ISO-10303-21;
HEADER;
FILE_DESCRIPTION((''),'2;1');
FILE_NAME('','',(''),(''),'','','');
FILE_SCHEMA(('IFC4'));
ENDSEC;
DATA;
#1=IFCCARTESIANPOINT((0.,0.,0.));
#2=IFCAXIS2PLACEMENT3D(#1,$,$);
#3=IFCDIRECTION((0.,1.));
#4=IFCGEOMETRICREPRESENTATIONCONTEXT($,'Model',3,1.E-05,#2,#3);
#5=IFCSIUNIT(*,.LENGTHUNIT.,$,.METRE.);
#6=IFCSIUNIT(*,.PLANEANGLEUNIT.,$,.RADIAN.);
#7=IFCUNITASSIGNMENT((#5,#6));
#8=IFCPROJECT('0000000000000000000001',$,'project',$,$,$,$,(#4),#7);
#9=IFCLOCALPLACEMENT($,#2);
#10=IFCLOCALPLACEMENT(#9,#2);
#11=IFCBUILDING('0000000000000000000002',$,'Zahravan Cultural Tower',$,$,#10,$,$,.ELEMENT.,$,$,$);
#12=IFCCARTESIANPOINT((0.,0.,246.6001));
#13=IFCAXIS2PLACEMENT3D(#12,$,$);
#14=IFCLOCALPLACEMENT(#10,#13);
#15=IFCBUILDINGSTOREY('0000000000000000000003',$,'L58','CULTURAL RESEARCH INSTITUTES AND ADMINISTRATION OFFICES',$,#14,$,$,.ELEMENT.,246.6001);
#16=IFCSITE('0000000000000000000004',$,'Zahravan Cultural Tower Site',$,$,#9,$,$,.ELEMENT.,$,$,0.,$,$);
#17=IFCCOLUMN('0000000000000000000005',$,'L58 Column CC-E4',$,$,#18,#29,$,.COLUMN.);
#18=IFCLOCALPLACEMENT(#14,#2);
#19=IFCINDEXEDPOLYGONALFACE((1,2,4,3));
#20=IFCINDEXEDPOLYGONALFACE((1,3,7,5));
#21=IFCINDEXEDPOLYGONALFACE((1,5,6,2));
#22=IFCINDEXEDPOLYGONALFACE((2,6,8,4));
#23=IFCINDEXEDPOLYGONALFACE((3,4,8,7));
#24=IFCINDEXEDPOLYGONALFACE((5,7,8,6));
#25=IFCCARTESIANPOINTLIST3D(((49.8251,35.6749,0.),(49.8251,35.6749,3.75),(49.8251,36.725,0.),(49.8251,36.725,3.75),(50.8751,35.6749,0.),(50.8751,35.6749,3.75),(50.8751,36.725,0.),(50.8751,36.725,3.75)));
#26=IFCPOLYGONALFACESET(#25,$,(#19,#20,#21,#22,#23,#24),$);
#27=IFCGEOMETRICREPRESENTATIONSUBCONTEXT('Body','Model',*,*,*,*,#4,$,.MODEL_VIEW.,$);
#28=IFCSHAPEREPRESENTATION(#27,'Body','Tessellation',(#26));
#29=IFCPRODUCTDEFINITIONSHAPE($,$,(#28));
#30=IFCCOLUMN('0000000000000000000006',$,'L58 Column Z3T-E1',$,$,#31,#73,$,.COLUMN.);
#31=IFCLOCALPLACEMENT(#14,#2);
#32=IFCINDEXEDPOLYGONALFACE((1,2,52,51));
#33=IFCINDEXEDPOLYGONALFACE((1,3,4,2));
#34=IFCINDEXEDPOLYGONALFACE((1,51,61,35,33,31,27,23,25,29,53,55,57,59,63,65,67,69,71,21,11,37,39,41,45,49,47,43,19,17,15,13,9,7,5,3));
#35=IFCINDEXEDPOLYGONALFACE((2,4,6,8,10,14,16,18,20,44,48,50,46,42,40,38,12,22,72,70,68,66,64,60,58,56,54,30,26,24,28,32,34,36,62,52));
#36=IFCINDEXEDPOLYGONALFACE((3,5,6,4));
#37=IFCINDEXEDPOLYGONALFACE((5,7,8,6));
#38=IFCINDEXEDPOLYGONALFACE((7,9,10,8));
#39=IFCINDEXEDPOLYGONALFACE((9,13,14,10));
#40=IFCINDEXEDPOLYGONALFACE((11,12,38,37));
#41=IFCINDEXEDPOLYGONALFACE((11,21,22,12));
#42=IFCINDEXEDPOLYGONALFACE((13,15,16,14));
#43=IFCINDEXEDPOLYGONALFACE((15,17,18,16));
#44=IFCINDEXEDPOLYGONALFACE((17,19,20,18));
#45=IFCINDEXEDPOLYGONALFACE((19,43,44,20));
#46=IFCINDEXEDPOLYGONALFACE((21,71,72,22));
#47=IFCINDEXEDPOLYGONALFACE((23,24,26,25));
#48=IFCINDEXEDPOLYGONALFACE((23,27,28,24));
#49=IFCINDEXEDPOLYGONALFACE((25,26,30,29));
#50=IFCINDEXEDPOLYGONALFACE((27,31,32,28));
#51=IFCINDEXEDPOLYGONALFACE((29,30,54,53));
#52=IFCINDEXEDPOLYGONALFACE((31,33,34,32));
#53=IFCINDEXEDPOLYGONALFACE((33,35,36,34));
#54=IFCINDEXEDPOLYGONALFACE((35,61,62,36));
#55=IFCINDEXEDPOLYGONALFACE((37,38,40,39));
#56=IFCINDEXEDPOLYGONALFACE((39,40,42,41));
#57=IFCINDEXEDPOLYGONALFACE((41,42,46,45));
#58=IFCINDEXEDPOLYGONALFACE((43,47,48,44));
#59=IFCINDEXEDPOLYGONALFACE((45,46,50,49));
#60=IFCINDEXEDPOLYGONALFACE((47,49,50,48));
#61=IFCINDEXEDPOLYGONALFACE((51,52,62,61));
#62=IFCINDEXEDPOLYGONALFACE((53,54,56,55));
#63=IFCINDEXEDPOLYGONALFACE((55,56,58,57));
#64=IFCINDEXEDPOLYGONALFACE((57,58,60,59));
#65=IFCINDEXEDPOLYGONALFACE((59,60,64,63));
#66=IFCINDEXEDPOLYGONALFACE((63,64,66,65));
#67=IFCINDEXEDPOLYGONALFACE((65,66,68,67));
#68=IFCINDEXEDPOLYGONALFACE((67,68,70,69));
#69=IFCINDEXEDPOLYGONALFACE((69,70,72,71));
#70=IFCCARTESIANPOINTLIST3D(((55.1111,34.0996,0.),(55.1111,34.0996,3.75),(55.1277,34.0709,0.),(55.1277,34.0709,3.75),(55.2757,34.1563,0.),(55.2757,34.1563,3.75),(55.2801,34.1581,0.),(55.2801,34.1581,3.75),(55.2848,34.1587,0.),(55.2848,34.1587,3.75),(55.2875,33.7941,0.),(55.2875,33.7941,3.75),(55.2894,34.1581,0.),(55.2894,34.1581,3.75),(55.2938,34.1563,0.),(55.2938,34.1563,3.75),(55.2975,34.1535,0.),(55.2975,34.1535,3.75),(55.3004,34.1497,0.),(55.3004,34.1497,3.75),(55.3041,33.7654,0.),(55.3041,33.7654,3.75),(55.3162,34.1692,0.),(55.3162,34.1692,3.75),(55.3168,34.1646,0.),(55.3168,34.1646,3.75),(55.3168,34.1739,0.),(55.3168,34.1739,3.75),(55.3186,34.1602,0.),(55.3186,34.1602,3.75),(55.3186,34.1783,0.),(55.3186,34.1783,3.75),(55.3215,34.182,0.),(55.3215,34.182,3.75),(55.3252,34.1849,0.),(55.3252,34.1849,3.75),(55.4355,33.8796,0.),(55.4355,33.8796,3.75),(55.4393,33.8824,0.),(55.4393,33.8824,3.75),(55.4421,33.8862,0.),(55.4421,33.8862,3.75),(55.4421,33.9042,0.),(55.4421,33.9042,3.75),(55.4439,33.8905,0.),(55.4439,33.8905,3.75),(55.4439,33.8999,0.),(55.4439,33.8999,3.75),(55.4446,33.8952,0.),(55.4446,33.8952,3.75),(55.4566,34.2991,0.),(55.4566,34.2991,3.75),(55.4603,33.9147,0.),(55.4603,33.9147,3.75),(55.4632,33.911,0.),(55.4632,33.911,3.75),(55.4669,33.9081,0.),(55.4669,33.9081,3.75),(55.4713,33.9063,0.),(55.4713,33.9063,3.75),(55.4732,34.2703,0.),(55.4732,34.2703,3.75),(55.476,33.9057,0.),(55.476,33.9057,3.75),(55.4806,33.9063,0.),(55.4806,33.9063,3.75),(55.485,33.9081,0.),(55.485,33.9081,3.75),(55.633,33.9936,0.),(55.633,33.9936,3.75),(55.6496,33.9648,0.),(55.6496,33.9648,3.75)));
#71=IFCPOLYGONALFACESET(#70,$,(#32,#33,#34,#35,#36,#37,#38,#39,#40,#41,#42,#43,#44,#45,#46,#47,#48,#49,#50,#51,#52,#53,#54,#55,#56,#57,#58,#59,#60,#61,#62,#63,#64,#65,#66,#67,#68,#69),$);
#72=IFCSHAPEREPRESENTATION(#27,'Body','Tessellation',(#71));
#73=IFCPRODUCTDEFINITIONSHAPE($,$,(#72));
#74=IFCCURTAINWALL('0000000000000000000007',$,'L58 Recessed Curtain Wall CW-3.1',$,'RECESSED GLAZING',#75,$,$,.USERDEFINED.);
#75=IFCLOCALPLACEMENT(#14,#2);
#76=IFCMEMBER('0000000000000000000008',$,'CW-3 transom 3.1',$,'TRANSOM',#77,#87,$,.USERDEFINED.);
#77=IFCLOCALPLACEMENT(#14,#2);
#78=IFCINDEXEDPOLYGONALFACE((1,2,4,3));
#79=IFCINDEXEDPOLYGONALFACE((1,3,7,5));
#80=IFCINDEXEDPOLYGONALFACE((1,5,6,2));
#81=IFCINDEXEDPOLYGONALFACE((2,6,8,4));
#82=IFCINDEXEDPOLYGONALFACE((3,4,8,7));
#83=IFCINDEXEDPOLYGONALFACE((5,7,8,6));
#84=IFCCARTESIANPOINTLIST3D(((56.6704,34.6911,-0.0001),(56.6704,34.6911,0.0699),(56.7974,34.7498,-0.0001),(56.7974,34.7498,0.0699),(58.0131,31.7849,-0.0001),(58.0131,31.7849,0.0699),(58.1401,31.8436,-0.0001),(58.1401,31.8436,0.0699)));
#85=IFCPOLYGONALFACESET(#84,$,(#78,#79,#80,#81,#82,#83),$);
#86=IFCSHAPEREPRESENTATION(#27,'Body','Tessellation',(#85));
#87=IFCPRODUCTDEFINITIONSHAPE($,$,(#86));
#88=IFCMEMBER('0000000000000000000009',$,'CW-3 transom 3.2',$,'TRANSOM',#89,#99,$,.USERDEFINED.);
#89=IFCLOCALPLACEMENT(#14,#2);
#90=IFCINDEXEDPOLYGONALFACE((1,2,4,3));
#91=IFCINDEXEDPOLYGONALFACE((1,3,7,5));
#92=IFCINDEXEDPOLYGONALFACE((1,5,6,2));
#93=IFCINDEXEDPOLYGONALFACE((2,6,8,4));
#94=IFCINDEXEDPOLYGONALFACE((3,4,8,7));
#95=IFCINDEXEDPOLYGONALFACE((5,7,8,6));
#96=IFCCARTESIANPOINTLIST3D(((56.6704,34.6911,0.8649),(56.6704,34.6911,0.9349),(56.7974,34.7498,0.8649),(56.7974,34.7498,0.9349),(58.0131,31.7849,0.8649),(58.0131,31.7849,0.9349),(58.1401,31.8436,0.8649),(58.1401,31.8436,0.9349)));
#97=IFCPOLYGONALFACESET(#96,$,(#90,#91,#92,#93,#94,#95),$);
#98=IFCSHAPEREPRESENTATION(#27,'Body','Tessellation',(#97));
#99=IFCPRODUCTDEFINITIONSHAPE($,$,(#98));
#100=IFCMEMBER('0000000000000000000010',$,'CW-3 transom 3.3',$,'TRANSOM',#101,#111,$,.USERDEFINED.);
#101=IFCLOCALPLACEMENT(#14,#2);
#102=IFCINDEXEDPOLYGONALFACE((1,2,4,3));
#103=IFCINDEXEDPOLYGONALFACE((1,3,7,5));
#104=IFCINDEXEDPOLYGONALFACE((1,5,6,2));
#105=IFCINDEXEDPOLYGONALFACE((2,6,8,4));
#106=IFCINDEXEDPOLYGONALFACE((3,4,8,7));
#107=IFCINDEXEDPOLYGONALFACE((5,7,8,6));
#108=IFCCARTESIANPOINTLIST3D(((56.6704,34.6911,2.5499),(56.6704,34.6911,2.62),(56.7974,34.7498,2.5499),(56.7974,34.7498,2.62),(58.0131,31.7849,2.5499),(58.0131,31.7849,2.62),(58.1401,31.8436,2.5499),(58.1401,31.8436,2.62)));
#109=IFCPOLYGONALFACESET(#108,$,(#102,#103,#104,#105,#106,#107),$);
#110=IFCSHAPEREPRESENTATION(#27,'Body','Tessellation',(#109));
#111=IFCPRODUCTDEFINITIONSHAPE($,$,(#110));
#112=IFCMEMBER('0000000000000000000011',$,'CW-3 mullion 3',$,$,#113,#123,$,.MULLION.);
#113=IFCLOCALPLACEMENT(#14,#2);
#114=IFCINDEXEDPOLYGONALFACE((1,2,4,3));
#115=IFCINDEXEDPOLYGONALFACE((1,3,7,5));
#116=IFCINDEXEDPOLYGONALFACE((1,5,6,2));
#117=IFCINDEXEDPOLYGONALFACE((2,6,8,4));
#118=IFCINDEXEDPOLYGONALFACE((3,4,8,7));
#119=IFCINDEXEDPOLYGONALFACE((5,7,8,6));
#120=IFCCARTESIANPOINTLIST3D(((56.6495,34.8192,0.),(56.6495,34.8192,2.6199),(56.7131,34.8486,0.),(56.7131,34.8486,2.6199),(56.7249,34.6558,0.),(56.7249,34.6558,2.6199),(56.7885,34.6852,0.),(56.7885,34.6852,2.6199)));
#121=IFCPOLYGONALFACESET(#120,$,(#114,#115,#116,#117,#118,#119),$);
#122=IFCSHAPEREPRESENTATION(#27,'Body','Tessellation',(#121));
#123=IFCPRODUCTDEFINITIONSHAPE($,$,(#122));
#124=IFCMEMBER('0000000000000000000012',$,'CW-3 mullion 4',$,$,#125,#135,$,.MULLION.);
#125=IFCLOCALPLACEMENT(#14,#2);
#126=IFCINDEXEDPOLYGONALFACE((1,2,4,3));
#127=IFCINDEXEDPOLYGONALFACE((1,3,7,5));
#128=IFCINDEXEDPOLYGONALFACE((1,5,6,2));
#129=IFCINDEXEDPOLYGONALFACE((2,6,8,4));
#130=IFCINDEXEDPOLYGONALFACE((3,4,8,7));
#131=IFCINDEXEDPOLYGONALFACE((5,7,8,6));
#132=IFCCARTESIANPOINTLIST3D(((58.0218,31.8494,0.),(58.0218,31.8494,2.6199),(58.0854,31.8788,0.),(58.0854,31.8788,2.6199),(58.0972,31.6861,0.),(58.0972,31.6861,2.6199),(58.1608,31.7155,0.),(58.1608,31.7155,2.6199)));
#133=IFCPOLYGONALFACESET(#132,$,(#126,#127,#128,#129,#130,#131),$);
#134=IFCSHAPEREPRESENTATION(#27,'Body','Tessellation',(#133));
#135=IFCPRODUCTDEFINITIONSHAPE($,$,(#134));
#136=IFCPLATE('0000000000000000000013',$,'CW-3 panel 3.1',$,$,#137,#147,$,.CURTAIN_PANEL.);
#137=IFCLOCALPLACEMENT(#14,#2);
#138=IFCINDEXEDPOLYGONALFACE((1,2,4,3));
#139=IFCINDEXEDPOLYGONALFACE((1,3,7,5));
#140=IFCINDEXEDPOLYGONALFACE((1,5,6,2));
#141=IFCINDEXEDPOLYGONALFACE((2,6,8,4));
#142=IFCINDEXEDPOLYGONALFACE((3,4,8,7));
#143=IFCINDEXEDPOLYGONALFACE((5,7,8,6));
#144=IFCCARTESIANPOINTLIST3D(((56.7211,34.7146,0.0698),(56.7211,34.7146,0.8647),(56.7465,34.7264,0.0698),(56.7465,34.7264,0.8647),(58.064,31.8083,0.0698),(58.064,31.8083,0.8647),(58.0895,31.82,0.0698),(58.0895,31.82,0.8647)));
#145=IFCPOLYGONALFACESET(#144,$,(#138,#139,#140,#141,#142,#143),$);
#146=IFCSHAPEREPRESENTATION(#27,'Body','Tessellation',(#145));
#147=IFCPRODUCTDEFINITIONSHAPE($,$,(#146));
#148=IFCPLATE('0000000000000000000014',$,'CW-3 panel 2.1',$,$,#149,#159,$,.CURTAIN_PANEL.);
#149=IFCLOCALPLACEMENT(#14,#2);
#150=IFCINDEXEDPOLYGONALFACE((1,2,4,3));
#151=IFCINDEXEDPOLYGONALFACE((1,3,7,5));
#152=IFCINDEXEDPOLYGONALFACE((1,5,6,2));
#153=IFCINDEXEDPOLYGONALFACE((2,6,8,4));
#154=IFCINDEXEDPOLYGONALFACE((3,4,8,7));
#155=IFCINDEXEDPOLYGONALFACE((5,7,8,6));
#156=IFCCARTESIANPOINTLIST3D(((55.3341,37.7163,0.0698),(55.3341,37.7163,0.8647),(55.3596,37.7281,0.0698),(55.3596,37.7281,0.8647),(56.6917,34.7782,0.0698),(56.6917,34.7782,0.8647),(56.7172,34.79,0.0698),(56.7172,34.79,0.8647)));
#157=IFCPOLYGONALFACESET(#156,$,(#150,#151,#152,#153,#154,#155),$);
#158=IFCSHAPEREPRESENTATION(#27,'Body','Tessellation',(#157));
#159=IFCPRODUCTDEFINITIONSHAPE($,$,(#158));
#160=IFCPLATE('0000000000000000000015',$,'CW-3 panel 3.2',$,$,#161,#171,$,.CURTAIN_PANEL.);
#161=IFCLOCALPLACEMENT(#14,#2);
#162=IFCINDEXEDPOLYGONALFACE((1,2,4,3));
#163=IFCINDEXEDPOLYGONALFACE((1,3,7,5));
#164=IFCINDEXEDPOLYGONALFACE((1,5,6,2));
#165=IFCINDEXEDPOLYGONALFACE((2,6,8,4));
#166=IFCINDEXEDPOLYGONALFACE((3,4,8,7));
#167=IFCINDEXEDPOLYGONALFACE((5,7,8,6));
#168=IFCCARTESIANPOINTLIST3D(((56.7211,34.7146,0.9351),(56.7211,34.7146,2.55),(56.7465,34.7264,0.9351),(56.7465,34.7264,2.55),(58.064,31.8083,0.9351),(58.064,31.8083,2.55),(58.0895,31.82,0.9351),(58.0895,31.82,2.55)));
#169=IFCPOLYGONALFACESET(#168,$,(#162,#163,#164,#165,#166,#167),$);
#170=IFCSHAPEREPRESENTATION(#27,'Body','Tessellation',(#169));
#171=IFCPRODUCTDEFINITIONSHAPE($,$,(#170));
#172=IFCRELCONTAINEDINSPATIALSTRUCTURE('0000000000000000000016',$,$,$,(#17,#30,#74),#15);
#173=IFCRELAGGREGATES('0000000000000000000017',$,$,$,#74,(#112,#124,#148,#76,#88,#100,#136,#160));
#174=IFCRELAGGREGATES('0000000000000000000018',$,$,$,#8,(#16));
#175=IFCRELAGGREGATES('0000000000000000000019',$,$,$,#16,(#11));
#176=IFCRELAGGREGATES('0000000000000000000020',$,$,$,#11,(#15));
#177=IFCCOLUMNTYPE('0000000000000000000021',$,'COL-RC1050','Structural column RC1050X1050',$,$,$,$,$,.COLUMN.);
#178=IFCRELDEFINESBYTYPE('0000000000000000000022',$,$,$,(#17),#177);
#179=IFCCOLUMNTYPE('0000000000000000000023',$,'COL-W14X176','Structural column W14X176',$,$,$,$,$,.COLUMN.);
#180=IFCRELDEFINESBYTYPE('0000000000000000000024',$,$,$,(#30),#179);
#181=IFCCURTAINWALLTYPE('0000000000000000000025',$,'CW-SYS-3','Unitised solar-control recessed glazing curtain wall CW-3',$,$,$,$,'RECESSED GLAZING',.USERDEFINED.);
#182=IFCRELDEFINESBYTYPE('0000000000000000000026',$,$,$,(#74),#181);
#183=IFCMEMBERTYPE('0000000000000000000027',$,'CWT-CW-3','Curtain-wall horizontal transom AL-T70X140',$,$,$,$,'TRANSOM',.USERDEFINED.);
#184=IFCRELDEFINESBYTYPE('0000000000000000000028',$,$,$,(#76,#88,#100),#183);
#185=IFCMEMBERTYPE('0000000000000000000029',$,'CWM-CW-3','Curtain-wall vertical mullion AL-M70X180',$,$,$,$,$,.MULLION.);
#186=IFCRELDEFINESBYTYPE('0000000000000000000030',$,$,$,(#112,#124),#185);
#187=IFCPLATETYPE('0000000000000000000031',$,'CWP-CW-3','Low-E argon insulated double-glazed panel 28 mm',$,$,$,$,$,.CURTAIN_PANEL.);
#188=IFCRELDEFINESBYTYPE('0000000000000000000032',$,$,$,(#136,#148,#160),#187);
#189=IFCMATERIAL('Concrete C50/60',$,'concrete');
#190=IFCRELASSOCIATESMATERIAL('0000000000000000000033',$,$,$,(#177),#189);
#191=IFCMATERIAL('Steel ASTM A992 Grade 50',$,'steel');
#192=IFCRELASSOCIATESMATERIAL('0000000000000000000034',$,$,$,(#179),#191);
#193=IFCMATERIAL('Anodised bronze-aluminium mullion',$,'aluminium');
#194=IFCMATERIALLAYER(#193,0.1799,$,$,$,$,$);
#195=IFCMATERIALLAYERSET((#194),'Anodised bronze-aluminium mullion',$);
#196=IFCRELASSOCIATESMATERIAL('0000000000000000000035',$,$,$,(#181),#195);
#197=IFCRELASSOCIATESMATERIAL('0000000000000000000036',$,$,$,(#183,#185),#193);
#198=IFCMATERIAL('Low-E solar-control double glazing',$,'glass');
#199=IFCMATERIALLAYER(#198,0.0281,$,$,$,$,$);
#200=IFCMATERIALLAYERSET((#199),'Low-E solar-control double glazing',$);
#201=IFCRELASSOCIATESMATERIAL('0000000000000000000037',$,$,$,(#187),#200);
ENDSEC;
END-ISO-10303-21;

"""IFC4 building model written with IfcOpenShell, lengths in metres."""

from ifc_helpers import new_model, si_unit, direction, frame, origin, origin_2d, place, context, subcontext, project, spatial, rectangle, i_section, extrude, source, transform, mapped, material, layer, layer_set, material_profile, profile_set, type_object, element, aggregate, save


model = new_model("IFC4")

# Units and contexts
model_context = context("Model", 3, precision=1e-05, world=origin(), true_north=direction((0.0, 1.0)))
body_context = subcontext(model_context, "Body", "Model", "MODEL_VIEW")
ifc_project = project(units=[si_unit("LENGTHUNIT", "METRE"), si_unit("PLANEANGLEUNIT", "RADIAN")], contexts=[model_context])

# Site, building, storey
site_placement = place(None, origin())
site = spatial("IfcSite", under=ifc_project, at=site_placement, Name="Zahravan Cultural Tower Site", CompositionType="ELEMENT", RefElevation=0.0)
building_placement = place(site_placement, origin())
building = spatial("IfcBuilding", under=site, at=building_placement, Name="Zahravan Cultural Tower", CompositionType="ELEMENT")
storey_placement = place(building_placement, frame((0.0, 0.0, 246.6001)))
storey = spatial("IfcBuildingStorey", under=building, at=storey_placement, Name="L58", Description="CULTURAL RESEARCH INSTITUTES AND ADMINISTRATION OFFICES", CompositionType="ELEMENT", Elevation=246.6001)

# Columns
ifc_material_1 = material(Name="Concrete C50/60", Category="concrete")
ifc_material_profile_1 = material_profile(ifc_material_1, rectangle(XDim=1.05, YDim=1.05, at=origin_2d()), Name="RC1050X1050")
ifc_profile_set_1 = profile_set([ifc_material_profile_1], Name="Concrete C50/60")
column_type_1 = type_object("IfcColumnType", Name="COL-RC1050", Description="Structural column RC1050X1050", PredefinedType="COLUMN", material=ifc_profile_set_1)
shared_shape_1 = source(origin(), body_context, "Body", "SweptSolid", [
    extrude(rectangle(XDim=1.05, YDim=1.05, at=origin_2d()), origin(), (0.0, 0.0, 1.0), 3.75),
])
column_1_placement = place(storey_placement, frame((50.3501, 36.2, 0.0), z_axis=(0.0, 0.0, 1.0), x_axis=(1.0, 0.0, 0.0)))
element("IfcColumn", 1, at=column_1_placement, inside=storey, type_object=column_type_1, Name="L58 Column CC-E4", PredefinedType="COLUMN", context=body_context, shape_type="MappedRepresentation", body=[
    mapped(shared_shape_1, transform((0.0, 0.0, 0.0), x_axis=(1.0, 0.0, 0.0), y_axis=(0.0, 1.0, 0.0), z_axis=(0.0, 0.0, 1.0), scale=1.0)),
])
ifc_material_2 = material(Name="Steel ASTM A992 Grade 50", Category="steel")
ifc_material_profile_2 = material_profile(ifc_material_2, i_section(OverallWidth=0.3989, OverallDepth=0.386, WebThickness=0.021, FlangeThickness=0.0332, FilletRadius=0.0181, at=origin_2d()), Name="W14X176")
ifc_profile_set_2 = profile_set([ifc_material_profile_2], Name="Steel ASTM A992 Grade 50")
column_type_2 = type_object("IfcColumnType", Name="COL-W14X176", Description="Structural column W14X176", PredefinedType="COLUMN", material=ifc_profile_set_2)
shared_shape_2 = source(origin(), body_context, "Body", "SweptSolid", [
    extrude(i_section(OverallWidth=0.3989, OverallDepth=0.386, WebThickness=0.021, FlangeThickness=0.0332, FilletRadius=0.0181, at=origin_2d()), origin(), (0.0, 0.0, 1.0), 3.75),
])
column_2_placement = place(storey_placement, frame((55.3804, 34.0322, 0.0), z_axis=(0.0, 0.0, 1.0), x_axis=(0.866025, 0.5, 0.0)))
element("IfcColumn", 2, at=column_2_placement, inside=storey, type_object=column_type_2, Name="L58 Column Z3T-E1", PredefinedType="COLUMN", context=body_context, shape_type="MappedRepresentation", body=[
    mapped(shared_shape_2, transform((0.0, 0.0, 0.0), x_axis=(1.0, 0.0, 0.0), y_axis=(0.0, 1.0, 0.0), z_axis=(0.0, 0.0, 1.0), scale=1.0)),
])

# Curtain wall, members, plates
ifc_material_3 = material(Name="Anodised bronze-aluminium mullion", Category="aluminium")
ifc_layer_1 = layer(ifc_material_3, 0.1799)
ifc_layer_set_1 = layer_set([ifc_layer_1], Name="Anodised bronze-aluminium mullion")
curtain_wall_type = type_object("IfcCurtainWallType", Name="CW-SYS-3", Description="Unitised solar-control recessed glazing curtain wall CW-3", ElementType="RECESSED GLAZING", PredefinedType="USERDEFINED", material=ifc_layer_set_1)
curtain_wall_placement = place(storey_placement, origin())
curtain_wall = element("IfcCurtainWall", 3, at=curtain_wall_placement, inside=storey, type_object=curtain_wall_type, Name="L58 Recessed Curtain Wall CW-3.1", ObjectType="RECESSED GLAZING", PredefinedType="USERDEFINED")
ifc_material_profile_3 = material_profile(ifc_material_3, rectangle(XDim=0.1399, YDim=0.0701, at=origin_2d()), Name="AL-T70X140")
ifc_profile_set_3 = profile_set([ifc_material_profile_3], Name="Anodised bronze-aluminium mullion")
member_type_1 = type_object("IfcMemberType", Name="CWT-CW-3", Description="Curtain-wall horizontal transom AL-T70X140", ElementType="TRANSOM", PredefinedType="USERDEFINED", material=ifc_profile_set_3)
shared_shape_3 = source(origin(), body_context, "Body", "SweptSolid", [
    extrude(rectangle(XDim=0.1399, YDim=0.0701, at=origin_2d()), origin(), (0.0, 0.0, 1.0), 3.2014),
])
member_1_placement = place(storey_placement, frame((56.7339, 34.7205, 0.0349), z_axis=(0.419426, -0.90779, 0.0), x_axis=(0.90779, 0.419426, 0.0)))
member_1 = element("IfcMember", 4, at=member_1_placement, type_object=member_type_1, Name="CW-3 transom 3.1", ObjectType="TRANSOM", PredefinedType="USERDEFINED", context=body_context, shape_type="MappedRepresentation", body=[
    mapped(shared_shape_3, transform((0.0, 0.0, 0.0), x_axis=(1.0, 0.0, 0.0), y_axis=(0.0, 1.0, 0.0), z_axis=(0.0, 0.0, 1.0), scale=1.0)),
])
member_2_placement = place(storey_placement, frame((56.7339, 34.7205, 0.8999), z_axis=(0.419426, -0.90779, 0.0), x_axis=(0.90779, 0.419426, 0.0)))
member_2 = element("IfcMember", 5, at=member_2_placement, type_object=member_type_1, Name="CW-3 transom 3.2", ObjectType="TRANSOM", PredefinedType="USERDEFINED", context=body_context, shape_type="MappedRepresentation", body=[
    mapped(shared_shape_3, transform((0.0, 0.0, 0.0), x_axis=(1.0, 0.0, 0.0), y_axis=(0.0, 1.0, 0.0), z_axis=(0.0, 0.0, 1.0), scale=1.0)),
])
member_3_placement = place(storey_placement, frame((56.7339, 34.7205, 2.585), z_axis=(0.419426, -0.90779, 0.0), x_axis=(0.90779, 0.419426, 0.0)))
member_3 = element("IfcMember", 6, at=member_3_placement, type_object=member_type_1, Name="CW-3 transom 3.3", ObjectType="TRANSOM", PredefinedType="USERDEFINED", context=body_context, shape_type="MappedRepresentation", body=[
    mapped(shared_shape_3, transform((0.0, 0.0, 0.0), x_axis=(1.0, 0.0, 0.0), y_axis=(0.0, 1.0, 0.0), z_axis=(0.0, 0.0, 1.0), scale=1.0)),
])
ifc_material_profile_4 = material_profile(ifc_material_3, rectangle(XDim=0.0701, YDim=0.1799, at=origin_2d()), Name="AL-M70X180")
ifc_profile_set_4 = profile_set([ifc_material_profile_4], Name="Anodised bronze-aluminium mullion")
member_type_2 = type_object("IfcMemberType", Name="CWM-CW-3", Description="Curtain-wall vertical mullion AL-M70X180", PredefinedType="MULLION", material=ifc_profile_set_4)
shared_shape_4 = source(origin(), body_context, "Body", "SweptSolid", [
    extrude(rectangle(XDim=0.0701, YDim=0.1799, at=origin_2d()), origin(), (0.0, 0.0, 1.0), 2.6199),
])
member_4_placement = place(storey_placement, frame((56.719, 34.7522, 0.0), z_axis=(0.0, 0.0, 1.0), x_axis=(0.907775, 0.419457, 0.0)))
member_4 = element("IfcMember", 7, at=member_4_placement, type_object=member_type_2, Name="CW-3 mullion 3", PredefinedType="MULLION", context=body_context, shape_type="MappedRepresentation", body=[
    mapped(shared_shape_4, transform((0.0, 0.0, 0.0), x_axis=(1.0, 0.0, 0.0), y_axis=(0.0, 1.0, 0.0), z_axis=(0.0, 0.0, 1.0), scale=1.0)),
])
member_5_placement = place(storey_placement, frame((58.0913, 31.7825, 0.0), z_axis=(0.0, 0.0, 1.0), x_axis=(0.907775, 0.419457, 0.0)))
member_5 = element("IfcMember", 8, at=member_5_placement, type_object=member_type_2, Name="CW-3 mullion 4", PredefinedType="MULLION", context=body_context, shape_type="MappedRepresentation", body=[
    mapped(shared_shape_4, transform((0.0, 0.0, 0.0), x_axis=(1.0, 0.0, 0.0), y_axis=(0.0, 1.0, 0.0), z_axis=(0.0, 0.0, 1.0), scale=1.0)),
])
ifc_material_4 = material(Name="Low-E solar-control double glazing", Category="glass")
ifc_layer_2 = layer(ifc_material_4, 0.0281)
ifc_layer_set_2 = layer_set([ifc_layer_2], Name="Low-E solar-control double glazing")
plate_type = type_object("IfcPlateType", Name="CWP-CW-3", Description="Low-E argon insulated double-glazed panel 28 mm", PredefinedType="CURTAIN_PANEL", material=ifc_layer_set_2)
shared_shape_5 = source(origin(), body_context, "Body", "SweptSolid", [
    extrude(rectangle(XDim=3.2017, YDim=0.0281, at=origin_2d()), origin(), (0.0, 0.0, 1.0), 0.7949),
])
plate_1_placement = place(storey_placement, frame((57.4053, 33.2673, 0.0698), z_axis=(0.0, 0.0, 1.0), x_axis=(0.419457, -0.907775, 0.0)))
plate_1 = element("IfcPlate", 9, at=plate_1_placement, type_object=plate_type, Name="CW-3 panel 3.1", PredefinedType="CURTAIN_PANEL", context=body_context, shape_type="MappedRepresentation", body=[
    mapped(shared_shape_5, transform((0.0, 0.0, 0.0), x_axis=(1.0, 0.0, 0.0), y_axis=(0.0, 1.0, 0.0), z_axis=(0.0, 0.0, 1.0), scale=1.0)),
])
shared_shape_6 = source(origin(), body_context, "Body", "SweptSolid", [
    extrude(rectangle(XDim=3.2366, YDim=0.0281, at=origin_2d()), origin(), (0.0, 0.0, 1.0), 0.7949),
])
plate_2_placement = place(storey_placement, frame((56.0256, 36.2532, 0.0698), z_axis=(0.0, 0.0, 1.0), x_axis=(0.419457, -0.907775, 0.0)))
plate_2 = element("IfcPlate", 10, at=plate_2_placement, type_object=plate_type, Name="CW-3 panel 2.1", PredefinedType="CURTAIN_PANEL", context=body_context, shape_type="MappedRepresentation", body=[
    mapped(shared_shape_6, transform((0.0, 0.0, 0.0), x_axis=(1.0, 0.0, 0.0), y_axis=(0.0, 1.0, 0.0), z_axis=(0.0, 0.0, 1.0), scale=1.0)),
])
shared_shape_7 = source(origin(), body_context, "Body", "SweptSolid", [
    extrude(rectangle(XDim=3.2017, YDim=0.0281, at=origin_2d()), origin(), (0.0, 0.0, 1.0), 1.615),
])
plate_3_placement = place(storey_placement, frame((57.4053, 33.2673, 0.9351), z_axis=(0.0, 0.0, 1.0), x_axis=(0.419457, -0.907775, 0.0)))
plate_3 = element("IfcPlate", 11, at=plate_3_placement, type_object=plate_type, Name="CW-3 panel 3.2", PredefinedType="CURTAIN_PANEL", context=body_context, shape_type="MappedRepresentation", body=[
    mapped(shared_shape_7, transform((0.0, 0.0, 0.0), x_axis=(1.0, 0.0, 0.0), y_axis=(0.0, 1.0, 0.0), z_axis=(0.0, 0.0, 1.0), scale=1.0)),
])
aggregate(curtain_wall, [member_4, member_5, plate_2, member_1, member_2, member_3, plate_1, plate_3])

save(model, "model.ifc")
